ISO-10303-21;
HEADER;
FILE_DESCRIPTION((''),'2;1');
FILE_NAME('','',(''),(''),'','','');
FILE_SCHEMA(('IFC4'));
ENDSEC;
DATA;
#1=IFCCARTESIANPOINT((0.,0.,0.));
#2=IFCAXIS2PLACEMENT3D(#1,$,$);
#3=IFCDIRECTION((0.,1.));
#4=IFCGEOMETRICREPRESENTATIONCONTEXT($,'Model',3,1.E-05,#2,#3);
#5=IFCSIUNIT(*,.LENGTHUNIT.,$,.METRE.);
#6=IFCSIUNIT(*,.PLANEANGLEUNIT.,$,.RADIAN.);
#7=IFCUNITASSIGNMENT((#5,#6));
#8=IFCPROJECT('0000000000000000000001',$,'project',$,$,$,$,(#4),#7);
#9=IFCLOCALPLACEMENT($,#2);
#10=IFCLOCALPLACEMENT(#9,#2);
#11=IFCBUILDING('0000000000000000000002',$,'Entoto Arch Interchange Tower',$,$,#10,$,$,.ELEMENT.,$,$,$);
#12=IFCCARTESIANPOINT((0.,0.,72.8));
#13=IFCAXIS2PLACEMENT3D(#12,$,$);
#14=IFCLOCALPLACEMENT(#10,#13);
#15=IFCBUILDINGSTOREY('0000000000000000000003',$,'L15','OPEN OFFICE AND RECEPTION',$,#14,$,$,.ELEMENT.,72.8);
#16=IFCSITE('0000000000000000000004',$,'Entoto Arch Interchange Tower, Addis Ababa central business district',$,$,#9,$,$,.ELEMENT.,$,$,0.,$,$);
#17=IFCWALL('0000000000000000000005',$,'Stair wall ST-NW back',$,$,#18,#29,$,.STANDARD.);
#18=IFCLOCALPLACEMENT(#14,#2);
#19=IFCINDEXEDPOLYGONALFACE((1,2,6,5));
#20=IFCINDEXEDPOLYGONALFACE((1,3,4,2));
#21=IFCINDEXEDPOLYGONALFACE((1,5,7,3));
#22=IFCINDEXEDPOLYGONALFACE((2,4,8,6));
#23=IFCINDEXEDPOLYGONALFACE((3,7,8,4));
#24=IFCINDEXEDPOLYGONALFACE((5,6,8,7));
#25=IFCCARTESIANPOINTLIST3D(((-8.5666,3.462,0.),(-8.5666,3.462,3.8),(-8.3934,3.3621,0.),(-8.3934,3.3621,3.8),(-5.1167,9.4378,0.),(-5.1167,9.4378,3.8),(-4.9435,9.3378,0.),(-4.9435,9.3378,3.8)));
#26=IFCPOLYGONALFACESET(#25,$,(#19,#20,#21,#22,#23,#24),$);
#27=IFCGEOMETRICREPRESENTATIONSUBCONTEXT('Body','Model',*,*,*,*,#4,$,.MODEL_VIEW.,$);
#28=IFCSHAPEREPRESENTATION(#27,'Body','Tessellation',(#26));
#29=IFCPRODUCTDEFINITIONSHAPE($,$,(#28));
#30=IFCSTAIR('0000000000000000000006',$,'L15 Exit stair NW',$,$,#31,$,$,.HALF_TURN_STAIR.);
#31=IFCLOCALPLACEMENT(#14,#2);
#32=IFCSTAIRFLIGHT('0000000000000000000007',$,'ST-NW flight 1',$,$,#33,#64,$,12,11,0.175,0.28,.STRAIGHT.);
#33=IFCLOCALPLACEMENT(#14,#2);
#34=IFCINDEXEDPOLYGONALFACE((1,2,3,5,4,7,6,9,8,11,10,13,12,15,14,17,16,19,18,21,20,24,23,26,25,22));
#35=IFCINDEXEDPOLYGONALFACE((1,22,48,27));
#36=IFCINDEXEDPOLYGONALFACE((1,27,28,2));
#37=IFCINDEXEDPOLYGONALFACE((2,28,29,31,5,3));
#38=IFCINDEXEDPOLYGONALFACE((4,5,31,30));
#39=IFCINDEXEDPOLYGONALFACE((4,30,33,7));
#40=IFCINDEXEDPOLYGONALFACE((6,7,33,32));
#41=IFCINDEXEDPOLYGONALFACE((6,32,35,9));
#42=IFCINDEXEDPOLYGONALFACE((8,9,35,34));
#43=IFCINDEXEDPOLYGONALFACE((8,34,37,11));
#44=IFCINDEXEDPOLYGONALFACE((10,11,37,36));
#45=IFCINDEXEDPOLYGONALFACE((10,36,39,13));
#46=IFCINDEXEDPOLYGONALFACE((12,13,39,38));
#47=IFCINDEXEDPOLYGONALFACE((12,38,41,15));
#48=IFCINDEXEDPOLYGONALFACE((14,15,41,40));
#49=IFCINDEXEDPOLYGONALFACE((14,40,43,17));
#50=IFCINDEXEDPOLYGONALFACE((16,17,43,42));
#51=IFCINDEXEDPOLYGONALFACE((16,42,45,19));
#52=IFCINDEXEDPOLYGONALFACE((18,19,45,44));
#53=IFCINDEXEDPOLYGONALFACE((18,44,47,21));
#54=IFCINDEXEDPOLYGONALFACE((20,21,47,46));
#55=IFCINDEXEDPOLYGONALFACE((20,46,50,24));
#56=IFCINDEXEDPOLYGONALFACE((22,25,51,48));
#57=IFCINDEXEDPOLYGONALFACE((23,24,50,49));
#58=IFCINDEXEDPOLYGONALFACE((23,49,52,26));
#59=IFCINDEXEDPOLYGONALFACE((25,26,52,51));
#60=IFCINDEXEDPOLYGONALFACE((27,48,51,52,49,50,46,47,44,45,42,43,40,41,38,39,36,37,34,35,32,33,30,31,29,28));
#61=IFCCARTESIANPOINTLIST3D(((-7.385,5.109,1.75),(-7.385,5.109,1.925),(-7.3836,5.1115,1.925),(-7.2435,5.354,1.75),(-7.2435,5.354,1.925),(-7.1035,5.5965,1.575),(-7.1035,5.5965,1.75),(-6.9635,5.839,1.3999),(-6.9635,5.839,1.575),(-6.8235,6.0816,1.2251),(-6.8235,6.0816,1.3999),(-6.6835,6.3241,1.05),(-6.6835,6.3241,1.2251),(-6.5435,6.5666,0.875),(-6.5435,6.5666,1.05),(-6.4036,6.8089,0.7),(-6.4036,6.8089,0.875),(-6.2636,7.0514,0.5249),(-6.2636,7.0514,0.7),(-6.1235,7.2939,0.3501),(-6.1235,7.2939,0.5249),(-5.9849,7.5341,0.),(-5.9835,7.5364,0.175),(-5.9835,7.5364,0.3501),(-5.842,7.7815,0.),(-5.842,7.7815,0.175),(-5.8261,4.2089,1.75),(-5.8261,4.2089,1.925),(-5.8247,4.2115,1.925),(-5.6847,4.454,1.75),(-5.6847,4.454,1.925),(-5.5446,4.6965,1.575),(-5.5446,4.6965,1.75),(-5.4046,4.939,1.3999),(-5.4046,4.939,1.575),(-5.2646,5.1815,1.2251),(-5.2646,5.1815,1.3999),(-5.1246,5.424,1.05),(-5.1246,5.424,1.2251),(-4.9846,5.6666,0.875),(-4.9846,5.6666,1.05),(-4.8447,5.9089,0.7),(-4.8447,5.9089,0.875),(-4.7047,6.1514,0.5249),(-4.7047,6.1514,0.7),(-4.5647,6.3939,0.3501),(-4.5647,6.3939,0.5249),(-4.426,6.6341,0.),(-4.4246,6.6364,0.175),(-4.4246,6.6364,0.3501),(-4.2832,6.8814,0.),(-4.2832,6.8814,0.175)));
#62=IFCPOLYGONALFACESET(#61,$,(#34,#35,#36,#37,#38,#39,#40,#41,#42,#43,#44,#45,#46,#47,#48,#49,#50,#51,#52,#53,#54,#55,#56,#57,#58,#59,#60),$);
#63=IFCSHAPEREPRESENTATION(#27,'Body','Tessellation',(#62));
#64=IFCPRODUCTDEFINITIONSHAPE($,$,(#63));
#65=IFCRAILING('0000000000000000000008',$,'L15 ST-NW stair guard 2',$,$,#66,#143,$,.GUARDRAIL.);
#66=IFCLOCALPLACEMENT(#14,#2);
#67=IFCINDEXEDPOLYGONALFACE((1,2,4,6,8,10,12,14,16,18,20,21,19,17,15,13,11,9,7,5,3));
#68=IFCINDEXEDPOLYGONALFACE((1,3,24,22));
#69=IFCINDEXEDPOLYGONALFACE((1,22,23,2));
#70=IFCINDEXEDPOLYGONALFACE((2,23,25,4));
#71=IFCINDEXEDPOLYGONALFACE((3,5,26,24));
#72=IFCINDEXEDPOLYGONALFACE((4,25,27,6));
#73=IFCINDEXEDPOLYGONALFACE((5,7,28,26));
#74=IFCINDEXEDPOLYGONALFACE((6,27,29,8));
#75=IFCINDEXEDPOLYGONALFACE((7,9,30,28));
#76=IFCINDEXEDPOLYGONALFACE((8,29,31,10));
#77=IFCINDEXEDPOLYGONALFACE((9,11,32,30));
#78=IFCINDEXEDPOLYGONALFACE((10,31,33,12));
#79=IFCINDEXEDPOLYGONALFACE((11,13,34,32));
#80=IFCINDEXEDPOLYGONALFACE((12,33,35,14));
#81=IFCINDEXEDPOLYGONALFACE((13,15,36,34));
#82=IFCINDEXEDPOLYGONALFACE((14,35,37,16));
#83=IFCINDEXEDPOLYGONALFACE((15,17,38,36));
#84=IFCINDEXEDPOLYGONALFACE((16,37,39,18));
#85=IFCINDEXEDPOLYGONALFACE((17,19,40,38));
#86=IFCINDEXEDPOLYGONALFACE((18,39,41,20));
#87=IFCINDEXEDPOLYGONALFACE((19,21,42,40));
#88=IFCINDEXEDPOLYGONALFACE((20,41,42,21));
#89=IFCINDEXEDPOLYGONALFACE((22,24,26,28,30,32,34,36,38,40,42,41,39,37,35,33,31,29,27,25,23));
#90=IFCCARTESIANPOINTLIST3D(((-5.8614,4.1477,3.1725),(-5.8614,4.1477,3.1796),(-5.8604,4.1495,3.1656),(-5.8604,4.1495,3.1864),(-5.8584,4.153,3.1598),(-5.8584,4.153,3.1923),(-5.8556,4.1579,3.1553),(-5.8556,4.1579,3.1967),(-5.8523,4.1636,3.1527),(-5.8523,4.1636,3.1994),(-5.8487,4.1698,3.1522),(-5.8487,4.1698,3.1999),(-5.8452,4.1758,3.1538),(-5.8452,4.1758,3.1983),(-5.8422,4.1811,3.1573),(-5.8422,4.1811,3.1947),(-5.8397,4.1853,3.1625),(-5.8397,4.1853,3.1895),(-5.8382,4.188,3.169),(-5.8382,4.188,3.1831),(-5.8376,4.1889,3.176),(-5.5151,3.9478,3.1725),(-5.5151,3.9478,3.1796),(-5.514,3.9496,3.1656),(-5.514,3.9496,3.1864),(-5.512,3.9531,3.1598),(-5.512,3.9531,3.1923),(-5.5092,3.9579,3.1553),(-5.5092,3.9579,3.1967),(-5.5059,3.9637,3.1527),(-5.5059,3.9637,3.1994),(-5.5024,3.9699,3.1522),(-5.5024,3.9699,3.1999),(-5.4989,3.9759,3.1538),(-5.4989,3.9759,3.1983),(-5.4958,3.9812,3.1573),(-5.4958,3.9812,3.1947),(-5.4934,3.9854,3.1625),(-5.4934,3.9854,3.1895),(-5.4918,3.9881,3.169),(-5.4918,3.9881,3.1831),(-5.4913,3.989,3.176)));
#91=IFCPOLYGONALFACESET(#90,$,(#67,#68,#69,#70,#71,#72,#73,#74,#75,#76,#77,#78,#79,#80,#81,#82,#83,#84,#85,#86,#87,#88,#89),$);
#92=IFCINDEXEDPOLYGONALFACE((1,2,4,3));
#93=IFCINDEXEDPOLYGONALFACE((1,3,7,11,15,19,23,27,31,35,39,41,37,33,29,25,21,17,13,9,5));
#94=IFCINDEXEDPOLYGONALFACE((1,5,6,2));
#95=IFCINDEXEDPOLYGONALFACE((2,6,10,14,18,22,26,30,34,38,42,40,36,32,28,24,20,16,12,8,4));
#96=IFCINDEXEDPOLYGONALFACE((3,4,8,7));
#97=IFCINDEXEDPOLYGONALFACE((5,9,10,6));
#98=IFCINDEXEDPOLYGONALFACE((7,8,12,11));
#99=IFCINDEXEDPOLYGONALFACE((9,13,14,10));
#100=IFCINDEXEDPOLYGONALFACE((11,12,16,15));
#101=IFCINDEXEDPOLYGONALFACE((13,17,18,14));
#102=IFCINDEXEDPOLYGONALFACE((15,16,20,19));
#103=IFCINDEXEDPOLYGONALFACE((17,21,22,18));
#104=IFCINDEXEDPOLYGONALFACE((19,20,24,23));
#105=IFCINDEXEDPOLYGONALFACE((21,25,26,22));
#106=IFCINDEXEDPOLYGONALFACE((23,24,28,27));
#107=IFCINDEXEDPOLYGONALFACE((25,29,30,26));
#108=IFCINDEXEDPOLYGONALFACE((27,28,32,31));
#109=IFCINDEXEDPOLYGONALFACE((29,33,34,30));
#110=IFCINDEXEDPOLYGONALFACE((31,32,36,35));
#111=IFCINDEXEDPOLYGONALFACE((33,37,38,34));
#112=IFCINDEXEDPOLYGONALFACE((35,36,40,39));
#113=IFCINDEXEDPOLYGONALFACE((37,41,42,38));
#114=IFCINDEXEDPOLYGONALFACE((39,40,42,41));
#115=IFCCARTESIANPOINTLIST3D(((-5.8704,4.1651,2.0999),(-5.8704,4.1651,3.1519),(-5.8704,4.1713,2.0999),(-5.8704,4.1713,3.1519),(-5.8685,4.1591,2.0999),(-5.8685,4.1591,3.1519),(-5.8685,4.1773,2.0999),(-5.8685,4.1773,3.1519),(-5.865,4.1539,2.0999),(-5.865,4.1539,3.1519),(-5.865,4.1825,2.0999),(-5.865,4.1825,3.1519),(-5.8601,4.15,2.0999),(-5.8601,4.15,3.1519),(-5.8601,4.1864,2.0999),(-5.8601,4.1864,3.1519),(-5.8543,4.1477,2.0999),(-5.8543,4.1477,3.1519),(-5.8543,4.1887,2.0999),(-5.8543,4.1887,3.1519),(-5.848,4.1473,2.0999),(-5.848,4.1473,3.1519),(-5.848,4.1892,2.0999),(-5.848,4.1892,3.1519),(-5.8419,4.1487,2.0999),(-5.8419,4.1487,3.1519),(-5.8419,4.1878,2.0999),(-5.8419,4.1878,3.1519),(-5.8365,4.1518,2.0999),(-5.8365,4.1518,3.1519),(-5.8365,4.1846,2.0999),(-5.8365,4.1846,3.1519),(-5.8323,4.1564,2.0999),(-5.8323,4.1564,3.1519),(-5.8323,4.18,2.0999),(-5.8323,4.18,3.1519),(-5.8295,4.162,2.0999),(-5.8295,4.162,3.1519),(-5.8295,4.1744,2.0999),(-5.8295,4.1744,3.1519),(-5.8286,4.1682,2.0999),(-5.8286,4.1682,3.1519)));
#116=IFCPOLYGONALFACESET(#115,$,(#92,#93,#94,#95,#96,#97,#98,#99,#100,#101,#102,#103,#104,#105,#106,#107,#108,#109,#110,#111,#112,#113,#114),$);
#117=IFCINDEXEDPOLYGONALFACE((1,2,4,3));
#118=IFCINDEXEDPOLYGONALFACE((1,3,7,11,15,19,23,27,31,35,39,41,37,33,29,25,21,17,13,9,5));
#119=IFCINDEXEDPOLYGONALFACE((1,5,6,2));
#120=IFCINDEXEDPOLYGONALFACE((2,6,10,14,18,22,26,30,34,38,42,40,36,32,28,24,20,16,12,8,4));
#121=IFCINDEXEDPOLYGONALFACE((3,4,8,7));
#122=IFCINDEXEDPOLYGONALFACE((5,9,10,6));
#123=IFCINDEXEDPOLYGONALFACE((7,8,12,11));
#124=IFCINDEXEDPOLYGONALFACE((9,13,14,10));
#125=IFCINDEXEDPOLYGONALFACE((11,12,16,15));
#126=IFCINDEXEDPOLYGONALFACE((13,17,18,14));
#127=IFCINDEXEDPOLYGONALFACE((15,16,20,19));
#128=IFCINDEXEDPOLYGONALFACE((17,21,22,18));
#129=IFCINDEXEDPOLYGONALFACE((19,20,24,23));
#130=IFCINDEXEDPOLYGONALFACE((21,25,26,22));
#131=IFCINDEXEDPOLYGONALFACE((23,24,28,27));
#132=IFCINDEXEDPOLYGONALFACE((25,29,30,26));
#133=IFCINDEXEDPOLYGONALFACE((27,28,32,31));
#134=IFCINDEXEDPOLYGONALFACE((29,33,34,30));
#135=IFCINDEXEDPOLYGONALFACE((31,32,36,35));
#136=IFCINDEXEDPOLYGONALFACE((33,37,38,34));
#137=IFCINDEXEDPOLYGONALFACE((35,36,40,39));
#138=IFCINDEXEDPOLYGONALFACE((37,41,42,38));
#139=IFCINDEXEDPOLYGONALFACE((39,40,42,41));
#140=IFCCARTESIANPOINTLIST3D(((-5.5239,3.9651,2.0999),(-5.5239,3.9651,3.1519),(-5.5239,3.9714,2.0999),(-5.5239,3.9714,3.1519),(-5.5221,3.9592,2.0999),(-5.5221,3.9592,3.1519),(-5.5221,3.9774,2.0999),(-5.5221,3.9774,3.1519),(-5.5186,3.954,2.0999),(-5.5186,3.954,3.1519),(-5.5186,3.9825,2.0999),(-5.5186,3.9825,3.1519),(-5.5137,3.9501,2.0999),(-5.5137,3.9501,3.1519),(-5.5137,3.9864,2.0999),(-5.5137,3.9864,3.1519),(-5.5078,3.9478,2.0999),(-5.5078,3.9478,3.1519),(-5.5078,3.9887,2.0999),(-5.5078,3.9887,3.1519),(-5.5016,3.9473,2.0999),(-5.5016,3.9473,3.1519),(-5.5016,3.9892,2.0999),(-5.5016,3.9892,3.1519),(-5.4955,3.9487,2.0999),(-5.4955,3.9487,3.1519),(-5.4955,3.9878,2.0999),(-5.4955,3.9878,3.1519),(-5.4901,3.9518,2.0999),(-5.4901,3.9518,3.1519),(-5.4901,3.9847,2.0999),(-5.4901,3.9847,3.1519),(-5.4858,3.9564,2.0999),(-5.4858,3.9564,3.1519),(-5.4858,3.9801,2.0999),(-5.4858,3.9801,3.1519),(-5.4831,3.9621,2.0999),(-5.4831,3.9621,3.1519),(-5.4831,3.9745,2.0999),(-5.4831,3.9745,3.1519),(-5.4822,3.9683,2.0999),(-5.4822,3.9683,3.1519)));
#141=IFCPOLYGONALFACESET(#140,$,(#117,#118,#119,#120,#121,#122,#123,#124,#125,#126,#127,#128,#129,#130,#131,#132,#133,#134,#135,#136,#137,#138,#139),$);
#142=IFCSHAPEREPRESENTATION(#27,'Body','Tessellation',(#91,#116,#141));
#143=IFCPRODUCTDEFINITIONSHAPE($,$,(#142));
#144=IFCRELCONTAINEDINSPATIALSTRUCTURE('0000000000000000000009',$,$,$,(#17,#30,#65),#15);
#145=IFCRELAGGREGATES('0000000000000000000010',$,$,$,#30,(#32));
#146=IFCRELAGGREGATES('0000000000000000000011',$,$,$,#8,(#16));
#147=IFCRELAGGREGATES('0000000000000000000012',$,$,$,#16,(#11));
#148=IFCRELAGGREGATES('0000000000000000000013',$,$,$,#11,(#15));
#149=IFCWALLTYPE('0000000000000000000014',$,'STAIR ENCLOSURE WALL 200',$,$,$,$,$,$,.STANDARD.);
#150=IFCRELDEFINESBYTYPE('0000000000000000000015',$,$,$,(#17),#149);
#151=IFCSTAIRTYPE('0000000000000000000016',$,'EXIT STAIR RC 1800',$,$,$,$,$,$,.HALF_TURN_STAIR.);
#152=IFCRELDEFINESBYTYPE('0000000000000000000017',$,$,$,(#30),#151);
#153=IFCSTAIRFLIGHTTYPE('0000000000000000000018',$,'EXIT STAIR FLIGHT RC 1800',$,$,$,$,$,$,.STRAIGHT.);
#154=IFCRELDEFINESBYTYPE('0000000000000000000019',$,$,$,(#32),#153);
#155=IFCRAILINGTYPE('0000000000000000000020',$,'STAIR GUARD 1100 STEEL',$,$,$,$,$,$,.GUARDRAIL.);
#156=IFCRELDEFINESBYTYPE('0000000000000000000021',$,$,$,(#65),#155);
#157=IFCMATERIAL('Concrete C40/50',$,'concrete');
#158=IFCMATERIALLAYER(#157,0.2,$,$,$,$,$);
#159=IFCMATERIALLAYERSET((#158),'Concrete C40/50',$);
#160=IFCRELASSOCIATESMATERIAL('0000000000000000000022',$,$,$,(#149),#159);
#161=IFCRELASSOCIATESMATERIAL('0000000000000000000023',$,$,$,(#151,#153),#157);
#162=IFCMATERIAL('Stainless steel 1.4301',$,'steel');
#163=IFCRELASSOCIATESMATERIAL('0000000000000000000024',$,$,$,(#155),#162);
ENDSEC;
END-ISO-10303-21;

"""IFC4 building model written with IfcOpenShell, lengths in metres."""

from ifc_helpers import new_model, si_unit, direction, frame, frame_2d, origin, origin_2d, place, context, subcontext, project, spatial, polyline, rectangle, circle, outline, extrude, material, layer, layer_set, type_object, element, aggregate, save


model = new_model("IFC4")

# Units and contexts
model_context = context("Model", 3, precision=1e-05, world=origin(), true_north=direction((0.0, 1.0)))
body_context = subcontext(model_context, "Body", "Model", "MODEL_VIEW")
ifc_project = project(units=[si_unit("LENGTHUNIT", "METRE"), si_unit("PLANEANGLEUNIT", "RADIAN")], contexts=[model_context])

# Site, building, storey
site_placement = place(None, origin())
site = spatial("IfcSite", under=ifc_project, at=site_placement, Name="Entoto Arch Interchange Tower, Addis Ababa central business district", CompositionType="ELEMENT", RefElevation=0.0)
building_placement = place(site_placement, origin())
building = spatial("IfcBuilding", under=site, at=building_placement, Name="Entoto Arch Interchange Tower", CompositionType="ELEMENT")
storey_placement = place(building_placement, frame((0.0, 0.0, 72.8)))
storey = spatial("IfcBuildingStorey", under=building, at=storey_placement, Name="L15", Description="OPEN OFFICE AND RECEPTION", CompositionType="ELEMENT", Elevation=72.8)

# Shared definitions
ifc_material_1 = material(Name="Concrete C40/50", Category="concrete")

# Wall
ifc_layer_1 = layer(ifc_material_1, 0.2)
ifc_layer_set_1 = layer_set([ifc_layer_1], Name="Concrete C40/50")
wall_type_1 = type_object("IfcWallType", Name="STAIR ENCLOSURE WALL 200", PredefinedType="STANDARD", material=ifc_layer_set_1)
wall_1_placement = place(storey_placement, frame((-5.03, 9.3879, 0.0), z_axis=(0.0, 0.0, 1.0), x_axis=(-0.499979, -0.866038, 0.0)))
element("IfcWall", 1, at=wall_1_placement, inside=storey, type_object=wall_type_1, Name="Stair wall ST-NW back", PredefinedType="STANDARD", context=body_context, shape_type="SweptSolid", body=[
    extrude(rectangle(XDim=6.9001, YDim=0.2, at=frame_2d((3.4502, 0.0))), origin(), (0.0, 0.0, 1.0), 3.8),
])

# Stair, stair flight
stair_type = type_object("IfcStairType", Name="EXIT STAIR RC 1800", PredefinedType="HALF_TURN_STAIR", material=ifc_material_1)
stair_placement = place(storey_placement, origin())
stair = element("IfcStair", 2, at=stair_placement, inside=storey, type_object=stair_type, Name="L15 Exit stair NW", PredefinedType="HALF_TURN_STAIR")
stair_flight_type = type_object("IfcStairFlightType", Name="EXIT STAIR FLIGHT RC 1800", PredefinedType="STRAIGHT", material=ifc_material_1)
stair_flight_placement = place(storey_placement, frame((-5.064, 7.3289, 0.0), z_axis=(0.0, 0.0, 1.0), x_axis=(-0.5, -0.866025, 0.0)))
stair_flight = element("IfcStairFlight", 3, at=stair_flight_placement, type_object=stair_flight_type, Name="ST-NW flight 1", NumberOfRisers=12, NumberOfTreads=11, PredefinedType="STRAIGHT", RiserHeight=0.175, TreadLength=0.28, context=body_context, shape_type="SweptSolid", body=[
    extrude(outline(polyline([(-0.0029, 0.0), (-0.0029, 0.175), (0.28, 0.175), (0.28, 0.3501), (0.5601, 0.3501), (0.5601, 0.5249), (0.8401, 0.5249), (0.8401, 0.7), (1.1201, 0.7), (1.1201, 0.875), (1.3999, 0.875), (1.3999, 1.05), (1.6799, 1.05), (1.6799, 1.2251), (1.96, 1.2251), (1.96, 1.3999), (2.24, 1.3999), (2.24, 1.575), (2.52, 1.575), (2.52, 1.75), (2.8, 1.75), (2.8, 1.925), (3.0801, 1.925), (3.083, 1.925), (3.083, 1.75), (0.2827, 0.0), (-0.0029, 0.0)])), frame((0.0, 0.8999, 0.0), z_axis=(0.0, -1.0, 0.0), x_axis=(1.0, 0.0, 0.0)), (0.0, 0.0, 1.0), 1.8),
])
aggregate(stair, [stair_flight])

# Railing
ifc_material_2 = material(Name="Stainless steel 1.4301", Category="steel")
railing_type_1 = type_object("IfcRailingType", Name="STAIR GUARD 1100 STEEL", PredefinedType="GUARDRAIL", material=ifc_material_2)
railing_1_placement = place(storey_placement, frame((-5.8496, 4.1682, 2.0999)))
element("IfcRailing", 4, at=railing_1_placement, inside=storey, type_object=railing_type_1, Name="L15 ST-NW stair guard 2", PredefinedType="GUARDRAIL", context=body_context, shape_type="SweptSolid", body=[
    extrude(circle(Radius=0.0239, at=origin_2d()), frame((0.0, 0.0, 1.0762), z_axis=(0.866094, -0.499881, 0.0), x_axis=(0.499881, 0.866094, 0.0)), (0.0, 0.0, 1.0), 0.3999),
    extrude(circle(Radius=0.021, at=origin_2d()), origin(), (0.0, 0.0, 1.0), 1.052),
    extrude(circle(Radius=0.021, at=origin_2d()), frame((0.3464, -0.2, 0.0)), (0.0, 0.0, 1.0), 1.052),
])

save(model, "model.ifc")
